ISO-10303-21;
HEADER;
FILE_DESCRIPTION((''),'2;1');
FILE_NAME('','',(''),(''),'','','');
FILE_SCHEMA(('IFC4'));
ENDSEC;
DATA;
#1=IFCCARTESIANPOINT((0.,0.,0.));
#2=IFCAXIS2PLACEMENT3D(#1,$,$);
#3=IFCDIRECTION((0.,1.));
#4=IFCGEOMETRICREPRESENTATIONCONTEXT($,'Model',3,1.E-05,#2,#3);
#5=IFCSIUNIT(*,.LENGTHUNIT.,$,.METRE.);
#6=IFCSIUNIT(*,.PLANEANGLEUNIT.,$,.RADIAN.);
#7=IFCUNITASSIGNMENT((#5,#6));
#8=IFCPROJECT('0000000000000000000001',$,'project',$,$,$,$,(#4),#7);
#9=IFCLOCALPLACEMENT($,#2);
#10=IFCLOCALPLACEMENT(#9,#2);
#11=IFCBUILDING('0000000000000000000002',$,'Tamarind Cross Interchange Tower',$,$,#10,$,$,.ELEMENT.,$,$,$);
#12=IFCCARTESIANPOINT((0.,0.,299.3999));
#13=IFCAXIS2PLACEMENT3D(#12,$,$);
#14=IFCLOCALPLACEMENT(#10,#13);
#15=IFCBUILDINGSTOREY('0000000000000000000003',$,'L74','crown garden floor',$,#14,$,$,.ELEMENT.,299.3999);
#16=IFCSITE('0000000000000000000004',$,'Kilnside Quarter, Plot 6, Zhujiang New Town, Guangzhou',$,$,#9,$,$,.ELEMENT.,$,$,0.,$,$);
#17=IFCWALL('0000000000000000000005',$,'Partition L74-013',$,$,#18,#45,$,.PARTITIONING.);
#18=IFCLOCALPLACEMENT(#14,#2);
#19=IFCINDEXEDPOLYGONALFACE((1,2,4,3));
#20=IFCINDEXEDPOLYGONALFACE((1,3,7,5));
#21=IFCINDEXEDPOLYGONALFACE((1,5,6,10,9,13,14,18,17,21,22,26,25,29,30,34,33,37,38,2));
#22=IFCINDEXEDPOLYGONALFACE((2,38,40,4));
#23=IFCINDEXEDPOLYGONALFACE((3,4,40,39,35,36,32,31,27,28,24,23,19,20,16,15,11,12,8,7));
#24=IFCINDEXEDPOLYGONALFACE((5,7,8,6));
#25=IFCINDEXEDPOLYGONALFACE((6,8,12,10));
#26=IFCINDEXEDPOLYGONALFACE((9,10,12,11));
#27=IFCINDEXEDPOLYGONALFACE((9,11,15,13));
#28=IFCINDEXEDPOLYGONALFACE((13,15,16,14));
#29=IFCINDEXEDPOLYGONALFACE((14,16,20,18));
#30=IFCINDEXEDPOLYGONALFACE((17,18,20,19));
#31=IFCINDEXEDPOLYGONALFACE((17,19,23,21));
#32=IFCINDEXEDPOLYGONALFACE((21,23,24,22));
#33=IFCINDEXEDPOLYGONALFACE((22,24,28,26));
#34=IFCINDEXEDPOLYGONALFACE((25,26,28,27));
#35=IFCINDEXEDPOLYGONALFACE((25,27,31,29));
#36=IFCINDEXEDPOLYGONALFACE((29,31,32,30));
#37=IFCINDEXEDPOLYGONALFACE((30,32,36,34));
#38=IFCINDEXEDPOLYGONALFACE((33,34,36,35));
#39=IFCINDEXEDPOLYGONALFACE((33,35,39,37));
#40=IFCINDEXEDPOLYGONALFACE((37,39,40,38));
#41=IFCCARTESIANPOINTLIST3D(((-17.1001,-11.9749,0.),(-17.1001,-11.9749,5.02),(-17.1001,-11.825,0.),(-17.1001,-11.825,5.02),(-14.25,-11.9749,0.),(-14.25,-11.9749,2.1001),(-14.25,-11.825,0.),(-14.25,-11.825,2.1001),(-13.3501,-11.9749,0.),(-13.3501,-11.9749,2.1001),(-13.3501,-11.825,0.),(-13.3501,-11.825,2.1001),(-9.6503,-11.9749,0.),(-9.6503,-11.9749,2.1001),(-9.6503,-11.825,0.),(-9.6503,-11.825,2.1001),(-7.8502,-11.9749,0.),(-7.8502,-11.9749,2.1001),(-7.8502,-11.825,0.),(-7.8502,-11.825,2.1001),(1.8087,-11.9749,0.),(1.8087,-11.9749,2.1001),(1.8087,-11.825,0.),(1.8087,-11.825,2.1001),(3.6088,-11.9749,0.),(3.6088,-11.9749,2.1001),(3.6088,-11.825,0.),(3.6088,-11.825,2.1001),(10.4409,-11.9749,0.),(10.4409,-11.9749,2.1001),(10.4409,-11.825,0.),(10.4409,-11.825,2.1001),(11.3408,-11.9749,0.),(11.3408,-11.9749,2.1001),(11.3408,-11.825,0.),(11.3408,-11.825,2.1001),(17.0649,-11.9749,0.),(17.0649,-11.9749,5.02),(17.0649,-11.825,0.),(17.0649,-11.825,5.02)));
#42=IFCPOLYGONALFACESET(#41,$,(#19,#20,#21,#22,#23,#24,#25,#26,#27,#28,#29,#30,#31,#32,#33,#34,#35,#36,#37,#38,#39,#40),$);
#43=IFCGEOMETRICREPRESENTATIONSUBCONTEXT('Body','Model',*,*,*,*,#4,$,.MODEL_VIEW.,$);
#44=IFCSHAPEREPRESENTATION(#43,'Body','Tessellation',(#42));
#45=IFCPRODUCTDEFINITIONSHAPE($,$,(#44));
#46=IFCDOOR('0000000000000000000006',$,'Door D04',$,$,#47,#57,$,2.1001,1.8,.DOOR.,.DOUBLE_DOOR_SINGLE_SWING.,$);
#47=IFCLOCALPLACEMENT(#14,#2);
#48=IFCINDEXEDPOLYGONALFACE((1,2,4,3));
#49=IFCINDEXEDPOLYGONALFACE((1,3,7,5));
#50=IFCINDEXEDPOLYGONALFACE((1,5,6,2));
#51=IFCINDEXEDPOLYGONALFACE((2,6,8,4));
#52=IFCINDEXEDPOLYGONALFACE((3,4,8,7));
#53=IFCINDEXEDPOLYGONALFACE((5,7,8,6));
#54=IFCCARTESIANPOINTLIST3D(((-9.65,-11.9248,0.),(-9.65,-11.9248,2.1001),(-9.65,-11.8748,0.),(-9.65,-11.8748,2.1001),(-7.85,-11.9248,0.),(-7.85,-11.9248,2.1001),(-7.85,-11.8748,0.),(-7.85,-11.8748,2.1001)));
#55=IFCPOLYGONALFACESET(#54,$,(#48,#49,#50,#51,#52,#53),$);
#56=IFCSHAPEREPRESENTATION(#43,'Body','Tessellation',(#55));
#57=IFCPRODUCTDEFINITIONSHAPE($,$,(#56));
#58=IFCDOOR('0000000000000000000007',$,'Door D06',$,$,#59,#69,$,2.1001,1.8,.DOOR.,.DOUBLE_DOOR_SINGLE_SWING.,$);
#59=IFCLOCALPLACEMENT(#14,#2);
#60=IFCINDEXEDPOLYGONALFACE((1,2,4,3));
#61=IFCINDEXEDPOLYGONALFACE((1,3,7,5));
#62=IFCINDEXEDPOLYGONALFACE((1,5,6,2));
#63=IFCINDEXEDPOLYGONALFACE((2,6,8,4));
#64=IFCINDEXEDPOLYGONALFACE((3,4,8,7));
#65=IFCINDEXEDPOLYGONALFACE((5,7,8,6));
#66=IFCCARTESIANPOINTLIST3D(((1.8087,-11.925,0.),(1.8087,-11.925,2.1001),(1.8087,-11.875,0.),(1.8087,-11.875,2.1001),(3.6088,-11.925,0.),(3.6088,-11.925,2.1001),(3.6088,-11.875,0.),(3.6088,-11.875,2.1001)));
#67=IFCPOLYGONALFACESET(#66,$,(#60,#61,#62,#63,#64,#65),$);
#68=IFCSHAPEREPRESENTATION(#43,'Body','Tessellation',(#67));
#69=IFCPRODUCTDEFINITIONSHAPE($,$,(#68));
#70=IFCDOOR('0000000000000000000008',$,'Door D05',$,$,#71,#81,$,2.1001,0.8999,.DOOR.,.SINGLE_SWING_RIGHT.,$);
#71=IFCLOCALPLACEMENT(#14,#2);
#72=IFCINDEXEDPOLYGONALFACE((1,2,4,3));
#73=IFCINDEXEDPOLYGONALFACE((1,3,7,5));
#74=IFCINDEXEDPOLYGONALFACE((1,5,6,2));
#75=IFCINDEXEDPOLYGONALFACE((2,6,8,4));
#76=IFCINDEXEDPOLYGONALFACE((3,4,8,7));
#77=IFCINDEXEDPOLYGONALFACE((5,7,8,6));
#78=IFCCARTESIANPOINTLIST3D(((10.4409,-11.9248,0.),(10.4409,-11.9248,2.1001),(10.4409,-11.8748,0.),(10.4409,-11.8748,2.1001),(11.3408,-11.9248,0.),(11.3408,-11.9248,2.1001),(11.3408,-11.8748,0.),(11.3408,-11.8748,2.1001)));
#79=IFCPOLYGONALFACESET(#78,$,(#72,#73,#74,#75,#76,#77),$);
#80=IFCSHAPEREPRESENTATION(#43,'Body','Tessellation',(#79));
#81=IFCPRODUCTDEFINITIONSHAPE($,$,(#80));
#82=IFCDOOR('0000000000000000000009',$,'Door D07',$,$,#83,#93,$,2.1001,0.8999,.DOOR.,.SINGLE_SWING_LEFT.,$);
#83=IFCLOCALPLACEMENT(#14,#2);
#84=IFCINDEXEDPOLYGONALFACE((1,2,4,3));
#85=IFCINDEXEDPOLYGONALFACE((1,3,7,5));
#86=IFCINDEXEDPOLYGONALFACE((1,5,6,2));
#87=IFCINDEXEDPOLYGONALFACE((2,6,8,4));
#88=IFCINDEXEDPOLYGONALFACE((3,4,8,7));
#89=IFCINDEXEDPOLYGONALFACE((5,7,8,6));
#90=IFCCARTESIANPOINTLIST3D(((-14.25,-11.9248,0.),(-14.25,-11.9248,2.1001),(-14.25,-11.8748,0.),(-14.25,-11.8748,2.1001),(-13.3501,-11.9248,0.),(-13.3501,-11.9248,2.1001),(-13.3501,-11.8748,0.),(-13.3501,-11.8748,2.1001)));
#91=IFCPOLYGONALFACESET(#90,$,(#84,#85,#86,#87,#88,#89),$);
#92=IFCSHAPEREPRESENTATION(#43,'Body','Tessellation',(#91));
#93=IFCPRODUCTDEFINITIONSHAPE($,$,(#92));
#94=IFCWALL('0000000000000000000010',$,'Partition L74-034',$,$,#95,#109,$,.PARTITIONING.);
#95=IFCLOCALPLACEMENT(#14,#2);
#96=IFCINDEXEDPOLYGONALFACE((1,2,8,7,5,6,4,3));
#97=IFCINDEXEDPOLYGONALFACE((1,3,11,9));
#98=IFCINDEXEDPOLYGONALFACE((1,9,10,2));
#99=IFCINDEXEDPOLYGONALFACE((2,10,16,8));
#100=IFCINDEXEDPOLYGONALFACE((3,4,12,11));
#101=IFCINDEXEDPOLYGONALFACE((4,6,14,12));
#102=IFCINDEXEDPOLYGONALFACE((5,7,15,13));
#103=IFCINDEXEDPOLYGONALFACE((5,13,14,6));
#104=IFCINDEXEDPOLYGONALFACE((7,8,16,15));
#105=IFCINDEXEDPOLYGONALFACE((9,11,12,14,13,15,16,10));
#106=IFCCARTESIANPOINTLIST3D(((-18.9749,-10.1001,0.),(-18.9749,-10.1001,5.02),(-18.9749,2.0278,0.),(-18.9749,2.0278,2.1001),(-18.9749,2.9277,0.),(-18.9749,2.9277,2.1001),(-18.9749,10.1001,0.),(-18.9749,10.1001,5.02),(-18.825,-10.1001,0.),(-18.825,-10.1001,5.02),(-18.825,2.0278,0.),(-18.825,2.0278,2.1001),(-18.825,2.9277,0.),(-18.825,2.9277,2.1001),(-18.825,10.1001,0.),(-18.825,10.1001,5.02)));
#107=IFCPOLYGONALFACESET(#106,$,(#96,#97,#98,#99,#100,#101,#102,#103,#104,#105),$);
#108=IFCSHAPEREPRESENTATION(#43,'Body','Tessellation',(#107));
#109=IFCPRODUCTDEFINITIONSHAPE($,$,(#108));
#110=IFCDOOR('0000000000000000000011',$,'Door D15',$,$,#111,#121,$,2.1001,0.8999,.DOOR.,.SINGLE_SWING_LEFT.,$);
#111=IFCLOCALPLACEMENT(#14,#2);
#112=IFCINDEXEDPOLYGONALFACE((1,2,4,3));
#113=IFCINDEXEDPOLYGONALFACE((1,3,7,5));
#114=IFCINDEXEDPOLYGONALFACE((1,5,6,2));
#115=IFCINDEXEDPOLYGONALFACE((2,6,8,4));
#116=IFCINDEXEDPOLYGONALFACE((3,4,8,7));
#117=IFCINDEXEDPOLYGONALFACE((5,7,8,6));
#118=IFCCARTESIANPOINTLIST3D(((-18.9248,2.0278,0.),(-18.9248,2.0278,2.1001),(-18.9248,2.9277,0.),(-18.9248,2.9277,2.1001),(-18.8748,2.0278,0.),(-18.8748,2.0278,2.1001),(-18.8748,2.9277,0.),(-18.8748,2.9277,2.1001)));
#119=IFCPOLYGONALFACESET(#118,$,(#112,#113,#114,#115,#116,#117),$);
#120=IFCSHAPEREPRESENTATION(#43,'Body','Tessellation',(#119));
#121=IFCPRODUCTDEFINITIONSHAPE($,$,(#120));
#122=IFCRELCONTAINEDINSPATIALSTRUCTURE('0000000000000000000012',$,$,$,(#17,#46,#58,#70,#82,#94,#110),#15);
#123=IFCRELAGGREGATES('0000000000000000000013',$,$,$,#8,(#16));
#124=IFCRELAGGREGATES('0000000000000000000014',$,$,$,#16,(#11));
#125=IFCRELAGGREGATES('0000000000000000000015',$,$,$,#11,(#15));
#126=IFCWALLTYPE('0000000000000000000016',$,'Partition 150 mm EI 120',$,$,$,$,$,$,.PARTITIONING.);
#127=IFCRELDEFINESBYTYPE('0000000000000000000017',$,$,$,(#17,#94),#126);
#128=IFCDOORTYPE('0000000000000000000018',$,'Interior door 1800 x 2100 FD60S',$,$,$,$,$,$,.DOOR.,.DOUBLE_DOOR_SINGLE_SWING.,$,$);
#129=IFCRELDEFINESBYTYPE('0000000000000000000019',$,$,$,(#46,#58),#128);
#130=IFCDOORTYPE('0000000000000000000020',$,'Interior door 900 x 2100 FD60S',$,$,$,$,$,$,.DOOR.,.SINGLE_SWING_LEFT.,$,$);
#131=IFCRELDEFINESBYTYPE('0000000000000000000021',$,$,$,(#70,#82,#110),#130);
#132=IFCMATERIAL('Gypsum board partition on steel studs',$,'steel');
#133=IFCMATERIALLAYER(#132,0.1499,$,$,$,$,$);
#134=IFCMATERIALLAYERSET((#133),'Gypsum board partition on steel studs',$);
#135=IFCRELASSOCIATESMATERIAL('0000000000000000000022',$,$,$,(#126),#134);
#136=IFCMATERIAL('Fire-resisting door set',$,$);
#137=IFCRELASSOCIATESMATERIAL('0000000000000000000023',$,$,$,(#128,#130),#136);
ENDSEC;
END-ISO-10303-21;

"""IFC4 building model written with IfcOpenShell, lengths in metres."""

from ifc_helpers import new_model, si_unit, direction, frame, frame_2d, origin, place, context, subcontext, project, spatial, rectangle, extrude, material, layer, layer_set, type_object, element, fill, save


model = new_model("IFC4")

# Units and contexts
model_context = context("Model", 3, precision=1e-05, world=origin(), true_north=direction((0.0, 1.0)))
body_context = subcontext(model_context, "Body", "Model", "MODEL_VIEW")
ifc_project = project(units=[si_unit("LENGTHUNIT", "METRE"), si_unit("PLANEANGLEUNIT", "RADIAN")], contexts=[model_context])

# Site, building, storey
site_placement = place(None, origin())
site = spatial("IfcSite", under=ifc_project, at=site_placement, Name="Kilnside Quarter, Plot 6, Zhujiang New Town, Guangzhou", CompositionType="ELEMENT", RefElevation=0.0)
building_placement = place(site_placement, origin())
building = spatial("IfcBuilding", under=site, at=building_placement, Name="Tamarind Cross Interchange Tower", CompositionType="ELEMENT")
storey_placement = place(building_placement, frame((0.0, 0.0, 299.3999)))
storey = spatial("IfcBuildingStorey", under=building, at=storey_placement, Name="L74", Description="crown garden floor", CompositionType="ELEMENT", Elevation=299.3999)

# Shared definitions
ifc_material_1 = material(Name="Gypsum board partition on steel studs", Category="steel")
ifc_layer_1 = layer(ifc_material_1, 0.1499)
ifc_layer_set_1 = layer_set([ifc_layer_1], Name="Gypsum board partition on steel studs")
wall_type_1 = type_object("IfcWallType", Name="Partition 150 mm EI 120", PredefinedType="PARTITIONING", material=ifc_layer_set_1)

# Wall, openings, doors
wall_1_placement = place(storey_placement, frame((-17.1001, -11.8999, 0.0), z_axis=(0.0, 0.0, 1.0), x_axis=(1.0, 0.0, 0.0)))
wall_1 = element("IfcWall", 1, at=wall_1_placement, inside=storey, type_object=wall_type_1, Name="Partition L74-013", PredefinedType="PARTITIONING", context=body_context, shape_type="SweptSolid", body=[
    extrude(rectangle(XDim=34.165, YDim=0.1499, at=frame_2d((17.0825, 0.0))), origin(), (0.0, 0.0, 1.0), 5.02),
])
opening_1_placement = place(wall_1_placement, frame((7.45, 0.0, 0.0)))
opening_1 = element("IfcOpeningElement", 2, at=opening_1_placement, cuts=wall_1, PredefinedType="OPENING", context=body_context, shape_type="SweptSolid", body=[
    extrude(rectangle(XDim=1.8, YDim=2.1001, at=frame_2d((0.8999, 1.05))), frame((0.0, 0.085, 0.0), z_axis=(0.0, -1.0, 0.0), x_axis=(1.0, 0.0, 0.0)), (0.0, 0.0, 1.0), 0.1699),
])
opening_2_placement = place(wall_1_placement, frame((27.541, 0.0, 0.0)))
opening_2 = element("IfcOpeningElement", 3, at=opening_2_placement, cuts=wall_1, PredefinedType="OPENING", context=body_context, shape_type="SweptSolid", body=[
    extrude(rectangle(XDim=0.8999, YDim=2.1001, at=frame_2d((0.45, 1.05))), frame((0.0, 0.085, 0.0), z_axis=(0.0, -1.0, 0.0), x_axis=(1.0, 0.0, 0.0)), (0.0, 0.0, 1.0), 0.1699),
])
opening_3_placement = place(wall_1_placement, frame((18.9089, 0.0, 0.0)))
opening_3 = element("IfcOpeningElement", 4, at=opening_3_placement, cuts=wall_1, PredefinedType="OPENING", context=body_context, shape_type="SweptSolid", body=[
    extrude(rectangle(XDim=1.8, YDim=2.1001, at=frame_2d((0.8999, 1.05))), frame((0.0, 0.085, 0.0), z_axis=(0.0, -1.0, 0.0), x_axis=(1.0, 0.0, 0.0)), (0.0, 0.0, 1.0), 0.1699),
])
opening_4_placement = place(wall_1_placement, frame((2.8501, 0.0, 0.0)))
opening_4 = element("IfcOpeningElement", 5, at=opening_4_placement, cuts=wall_1, PredefinedType="OPENING", context=body_context, shape_type="SweptSolid", body=[
    extrude(rectangle(XDim=0.8999, YDim=2.1001, at=frame_2d((0.45, 1.05))), frame((0.0, 0.085, 0.0), z_axis=(0.0, -1.0, 0.0), x_axis=(1.0, 0.0, 0.0)), (0.0, 0.0, 1.0), 0.1699),
])
ifc_material_2 = material(Name="Fire-resisting door set")
door_type_1 = type_object("IfcDoorType", Name="Interior door 1800 x 2100 FD60S", OperationType="DOUBLE_DOOR_SINGLE_SWING", PredefinedType="DOOR", material=ifc_material_2)
door_1_placement = place(opening_1_placement, frame((1.8, 0.0, 0.0), z_axis=(0.0, 0.0, 1.0), x_axis=(-1.0, 0.0, 0.0)))
door_1 = element("IfcDoor", 6, at=door_1_placement, inside=storey, type_object=door_type_1, Name="Door D04", OperationType="DOUBLE_DOOR_SINGLE_SWING", OverallHeight=2.1001, OverallWidth=1.8, PredefinedType="DOOR", context=body_context, shape_type="SweptSolid", body=[
    extrude(rectangle(XDim=1.8, YDim=2.1001, at=frame_2d((0.8999, 1.05))), frame((0.0, 0.0249, 0.0), z_axis=(0.0, -1.0, 0.0), x_axis=(1.0, 0.0, 0.0)), (0.0, 0.0, 1.0), 0.05),
])
fill(opening_1, door_1)
door_2_placement = place(opening_3_placement, origin())
door_2 = element("IfcDoor", 7, at=door_2_placement, inside=storey, type_object=door_type_1, Name="Door D06", OperationType="DOUBLE_DOOR_SINGLE_SWING", OverallHeight=2.1001, OverallWidth=1.8, PredefinedType="DOOR", context=body_context, shape_type="SweptSolid", body=[
    extrude(rectangle(XDim=1.8, YDim=2.1001, at=frame_2d((0.8999, 1.05))), frame((0.0, 0.0249, 0.0), z_axis=(0.0, -1.0, 0.0), x_axis=(1.0, 0.0, 0.0)), (0.0, 0.0, 1.0), 0.05),
])
fill(opening_3, door_2)
door_type_2 = type_object("IfcDoorType", Name="Interior door 900 x 2100 FD60S", OperationType="SINGLE_SWING_LEFT", PredefinedType="DOOR", material=ifc_material_2)
door_3_placement = place(opening_2_placement, frame((0.8999, 0.0, 0.0), z_axis=(0.0, 0.0, 1.0), x_axis=(-1.0, 0.0, 0.0)))
door_3 = element("IfcDoor", 8, at=door_3_placement, inside=storey, type_object=door_type_2, Name="Door D05", OperationType="SINGLE_SWING_RIGHT", OverallHeight=2.1001, OverallWidth=0.8999, PredefinedType="DOOR", context=body_context, shape_type="SweptSolid", body=[
    extrude(rectangle(XDim=0.8999, YDim=2.1001, at=frame_2d((0.45, 1.05))), frame((0.0, 0.0249, 0.0), z_axis=(0.0, -1.0, 0.0), x_axis=(1.0, 0.0, 0.0)), (0.0, 0.0, 1.0), 0.05),
])
fill(opening_2, door_3)
door_4_placement = place(opening_4_placement, frame((0.8999, 0.0, 0.0), z_axis=(0.0, 0.0, 1.0), x_axis=(-1.0, 0.0, 0.0)))
door_4 = element("IfcDoor", 9, at=door_4_placement, inside=storey, type_object=door_type_2, Name="Door D07", OperationType="SINGLE_SWING_LEFT", OverallHeight=2.1001, OverallWidth=0.8999, PredefinedType="DOOR", context=body_context, shape_type="SweptSolid", body=[
    extrude(rectangle(XDim=0.8999, YDim=2.1001, at=frame_2d((0.45, 1.05))), frame((0.0, 0.0249, 0.0), z_axis=(0.0, -1.0, 0.0), x_axis=(1.0, 0.0, 0.0)), (0.0, 0.0, 1.0), 0.05),
])
fill(opening_4, door_4)

# Wall, opening, door
wall_2_placement = place(storey_placement, frame((-18.8999, -10.1001, 0.0), z_axis=(0.0, 0.0, 1.0), x_axis=(0.0, 1.0, 0.0)))
wall_2 = element("IfcWall", 10, at=wall_2_placement, inside=storey, type_object=wall_type_1, Name="Partition L74-034", PredefinedType="PARTITIONING", context=body_context, shape_type="SweptSolid", body=[
    extrude(rectangle(XDim=20.2002, YDim=0.1499, at=frame_2d((10.1001, 0.0))), origin(), (0.0, 0.0, 1.0), 5.02),
])
opening_5_placement = place(wall_2_placement, frame((12.1279, 0.0, 0.0)))
opening_5 = element("IfcOpeningElement", 11, at=opening_5_placement, cuts=wall_2, PredefinedType="OPENING", context=body_context, shape_type="SweptSolid", body=[
    extrude(rectangle(XDim=0.8999, YDim=2.1001, at=frame_2d((0.45, 1.05))), frame((0.0, 0.085, 0.0), z_axis=(0.0, -1.0, 0.0), x_axis=(1.0, 0.0, 0.0)), (0.0, 0.0, 1.0), 0.1699),
])
door_5_placement = place(opening_5_placement, origin())
door_5 = element("IfcDoor", 12, at=door_5_placement, inside=storey, type_object=door_type_2, Name="Door D15", OperationType="SINGLE_SWING_LEFT", OverallHeight=2.1001, OverallWidth=0.8999, PredefinedType="DOOR", context=body_context, shape_type="SweptSolid", body=[
    extrude(rectangle(XDim=0.8999, YDim=2.1001, at=frame_2d((0.45, 1.05))), frame((0.0, 0.0249, 0.0), z_axis=(0.0, -1.0, 0.0), x_axis=(1.0, 0.0, 0.0)), (0.0, 0.0, 1.0), 0.05),
])
fill(opening_5, door_5)

save(model, "model.ifc")
